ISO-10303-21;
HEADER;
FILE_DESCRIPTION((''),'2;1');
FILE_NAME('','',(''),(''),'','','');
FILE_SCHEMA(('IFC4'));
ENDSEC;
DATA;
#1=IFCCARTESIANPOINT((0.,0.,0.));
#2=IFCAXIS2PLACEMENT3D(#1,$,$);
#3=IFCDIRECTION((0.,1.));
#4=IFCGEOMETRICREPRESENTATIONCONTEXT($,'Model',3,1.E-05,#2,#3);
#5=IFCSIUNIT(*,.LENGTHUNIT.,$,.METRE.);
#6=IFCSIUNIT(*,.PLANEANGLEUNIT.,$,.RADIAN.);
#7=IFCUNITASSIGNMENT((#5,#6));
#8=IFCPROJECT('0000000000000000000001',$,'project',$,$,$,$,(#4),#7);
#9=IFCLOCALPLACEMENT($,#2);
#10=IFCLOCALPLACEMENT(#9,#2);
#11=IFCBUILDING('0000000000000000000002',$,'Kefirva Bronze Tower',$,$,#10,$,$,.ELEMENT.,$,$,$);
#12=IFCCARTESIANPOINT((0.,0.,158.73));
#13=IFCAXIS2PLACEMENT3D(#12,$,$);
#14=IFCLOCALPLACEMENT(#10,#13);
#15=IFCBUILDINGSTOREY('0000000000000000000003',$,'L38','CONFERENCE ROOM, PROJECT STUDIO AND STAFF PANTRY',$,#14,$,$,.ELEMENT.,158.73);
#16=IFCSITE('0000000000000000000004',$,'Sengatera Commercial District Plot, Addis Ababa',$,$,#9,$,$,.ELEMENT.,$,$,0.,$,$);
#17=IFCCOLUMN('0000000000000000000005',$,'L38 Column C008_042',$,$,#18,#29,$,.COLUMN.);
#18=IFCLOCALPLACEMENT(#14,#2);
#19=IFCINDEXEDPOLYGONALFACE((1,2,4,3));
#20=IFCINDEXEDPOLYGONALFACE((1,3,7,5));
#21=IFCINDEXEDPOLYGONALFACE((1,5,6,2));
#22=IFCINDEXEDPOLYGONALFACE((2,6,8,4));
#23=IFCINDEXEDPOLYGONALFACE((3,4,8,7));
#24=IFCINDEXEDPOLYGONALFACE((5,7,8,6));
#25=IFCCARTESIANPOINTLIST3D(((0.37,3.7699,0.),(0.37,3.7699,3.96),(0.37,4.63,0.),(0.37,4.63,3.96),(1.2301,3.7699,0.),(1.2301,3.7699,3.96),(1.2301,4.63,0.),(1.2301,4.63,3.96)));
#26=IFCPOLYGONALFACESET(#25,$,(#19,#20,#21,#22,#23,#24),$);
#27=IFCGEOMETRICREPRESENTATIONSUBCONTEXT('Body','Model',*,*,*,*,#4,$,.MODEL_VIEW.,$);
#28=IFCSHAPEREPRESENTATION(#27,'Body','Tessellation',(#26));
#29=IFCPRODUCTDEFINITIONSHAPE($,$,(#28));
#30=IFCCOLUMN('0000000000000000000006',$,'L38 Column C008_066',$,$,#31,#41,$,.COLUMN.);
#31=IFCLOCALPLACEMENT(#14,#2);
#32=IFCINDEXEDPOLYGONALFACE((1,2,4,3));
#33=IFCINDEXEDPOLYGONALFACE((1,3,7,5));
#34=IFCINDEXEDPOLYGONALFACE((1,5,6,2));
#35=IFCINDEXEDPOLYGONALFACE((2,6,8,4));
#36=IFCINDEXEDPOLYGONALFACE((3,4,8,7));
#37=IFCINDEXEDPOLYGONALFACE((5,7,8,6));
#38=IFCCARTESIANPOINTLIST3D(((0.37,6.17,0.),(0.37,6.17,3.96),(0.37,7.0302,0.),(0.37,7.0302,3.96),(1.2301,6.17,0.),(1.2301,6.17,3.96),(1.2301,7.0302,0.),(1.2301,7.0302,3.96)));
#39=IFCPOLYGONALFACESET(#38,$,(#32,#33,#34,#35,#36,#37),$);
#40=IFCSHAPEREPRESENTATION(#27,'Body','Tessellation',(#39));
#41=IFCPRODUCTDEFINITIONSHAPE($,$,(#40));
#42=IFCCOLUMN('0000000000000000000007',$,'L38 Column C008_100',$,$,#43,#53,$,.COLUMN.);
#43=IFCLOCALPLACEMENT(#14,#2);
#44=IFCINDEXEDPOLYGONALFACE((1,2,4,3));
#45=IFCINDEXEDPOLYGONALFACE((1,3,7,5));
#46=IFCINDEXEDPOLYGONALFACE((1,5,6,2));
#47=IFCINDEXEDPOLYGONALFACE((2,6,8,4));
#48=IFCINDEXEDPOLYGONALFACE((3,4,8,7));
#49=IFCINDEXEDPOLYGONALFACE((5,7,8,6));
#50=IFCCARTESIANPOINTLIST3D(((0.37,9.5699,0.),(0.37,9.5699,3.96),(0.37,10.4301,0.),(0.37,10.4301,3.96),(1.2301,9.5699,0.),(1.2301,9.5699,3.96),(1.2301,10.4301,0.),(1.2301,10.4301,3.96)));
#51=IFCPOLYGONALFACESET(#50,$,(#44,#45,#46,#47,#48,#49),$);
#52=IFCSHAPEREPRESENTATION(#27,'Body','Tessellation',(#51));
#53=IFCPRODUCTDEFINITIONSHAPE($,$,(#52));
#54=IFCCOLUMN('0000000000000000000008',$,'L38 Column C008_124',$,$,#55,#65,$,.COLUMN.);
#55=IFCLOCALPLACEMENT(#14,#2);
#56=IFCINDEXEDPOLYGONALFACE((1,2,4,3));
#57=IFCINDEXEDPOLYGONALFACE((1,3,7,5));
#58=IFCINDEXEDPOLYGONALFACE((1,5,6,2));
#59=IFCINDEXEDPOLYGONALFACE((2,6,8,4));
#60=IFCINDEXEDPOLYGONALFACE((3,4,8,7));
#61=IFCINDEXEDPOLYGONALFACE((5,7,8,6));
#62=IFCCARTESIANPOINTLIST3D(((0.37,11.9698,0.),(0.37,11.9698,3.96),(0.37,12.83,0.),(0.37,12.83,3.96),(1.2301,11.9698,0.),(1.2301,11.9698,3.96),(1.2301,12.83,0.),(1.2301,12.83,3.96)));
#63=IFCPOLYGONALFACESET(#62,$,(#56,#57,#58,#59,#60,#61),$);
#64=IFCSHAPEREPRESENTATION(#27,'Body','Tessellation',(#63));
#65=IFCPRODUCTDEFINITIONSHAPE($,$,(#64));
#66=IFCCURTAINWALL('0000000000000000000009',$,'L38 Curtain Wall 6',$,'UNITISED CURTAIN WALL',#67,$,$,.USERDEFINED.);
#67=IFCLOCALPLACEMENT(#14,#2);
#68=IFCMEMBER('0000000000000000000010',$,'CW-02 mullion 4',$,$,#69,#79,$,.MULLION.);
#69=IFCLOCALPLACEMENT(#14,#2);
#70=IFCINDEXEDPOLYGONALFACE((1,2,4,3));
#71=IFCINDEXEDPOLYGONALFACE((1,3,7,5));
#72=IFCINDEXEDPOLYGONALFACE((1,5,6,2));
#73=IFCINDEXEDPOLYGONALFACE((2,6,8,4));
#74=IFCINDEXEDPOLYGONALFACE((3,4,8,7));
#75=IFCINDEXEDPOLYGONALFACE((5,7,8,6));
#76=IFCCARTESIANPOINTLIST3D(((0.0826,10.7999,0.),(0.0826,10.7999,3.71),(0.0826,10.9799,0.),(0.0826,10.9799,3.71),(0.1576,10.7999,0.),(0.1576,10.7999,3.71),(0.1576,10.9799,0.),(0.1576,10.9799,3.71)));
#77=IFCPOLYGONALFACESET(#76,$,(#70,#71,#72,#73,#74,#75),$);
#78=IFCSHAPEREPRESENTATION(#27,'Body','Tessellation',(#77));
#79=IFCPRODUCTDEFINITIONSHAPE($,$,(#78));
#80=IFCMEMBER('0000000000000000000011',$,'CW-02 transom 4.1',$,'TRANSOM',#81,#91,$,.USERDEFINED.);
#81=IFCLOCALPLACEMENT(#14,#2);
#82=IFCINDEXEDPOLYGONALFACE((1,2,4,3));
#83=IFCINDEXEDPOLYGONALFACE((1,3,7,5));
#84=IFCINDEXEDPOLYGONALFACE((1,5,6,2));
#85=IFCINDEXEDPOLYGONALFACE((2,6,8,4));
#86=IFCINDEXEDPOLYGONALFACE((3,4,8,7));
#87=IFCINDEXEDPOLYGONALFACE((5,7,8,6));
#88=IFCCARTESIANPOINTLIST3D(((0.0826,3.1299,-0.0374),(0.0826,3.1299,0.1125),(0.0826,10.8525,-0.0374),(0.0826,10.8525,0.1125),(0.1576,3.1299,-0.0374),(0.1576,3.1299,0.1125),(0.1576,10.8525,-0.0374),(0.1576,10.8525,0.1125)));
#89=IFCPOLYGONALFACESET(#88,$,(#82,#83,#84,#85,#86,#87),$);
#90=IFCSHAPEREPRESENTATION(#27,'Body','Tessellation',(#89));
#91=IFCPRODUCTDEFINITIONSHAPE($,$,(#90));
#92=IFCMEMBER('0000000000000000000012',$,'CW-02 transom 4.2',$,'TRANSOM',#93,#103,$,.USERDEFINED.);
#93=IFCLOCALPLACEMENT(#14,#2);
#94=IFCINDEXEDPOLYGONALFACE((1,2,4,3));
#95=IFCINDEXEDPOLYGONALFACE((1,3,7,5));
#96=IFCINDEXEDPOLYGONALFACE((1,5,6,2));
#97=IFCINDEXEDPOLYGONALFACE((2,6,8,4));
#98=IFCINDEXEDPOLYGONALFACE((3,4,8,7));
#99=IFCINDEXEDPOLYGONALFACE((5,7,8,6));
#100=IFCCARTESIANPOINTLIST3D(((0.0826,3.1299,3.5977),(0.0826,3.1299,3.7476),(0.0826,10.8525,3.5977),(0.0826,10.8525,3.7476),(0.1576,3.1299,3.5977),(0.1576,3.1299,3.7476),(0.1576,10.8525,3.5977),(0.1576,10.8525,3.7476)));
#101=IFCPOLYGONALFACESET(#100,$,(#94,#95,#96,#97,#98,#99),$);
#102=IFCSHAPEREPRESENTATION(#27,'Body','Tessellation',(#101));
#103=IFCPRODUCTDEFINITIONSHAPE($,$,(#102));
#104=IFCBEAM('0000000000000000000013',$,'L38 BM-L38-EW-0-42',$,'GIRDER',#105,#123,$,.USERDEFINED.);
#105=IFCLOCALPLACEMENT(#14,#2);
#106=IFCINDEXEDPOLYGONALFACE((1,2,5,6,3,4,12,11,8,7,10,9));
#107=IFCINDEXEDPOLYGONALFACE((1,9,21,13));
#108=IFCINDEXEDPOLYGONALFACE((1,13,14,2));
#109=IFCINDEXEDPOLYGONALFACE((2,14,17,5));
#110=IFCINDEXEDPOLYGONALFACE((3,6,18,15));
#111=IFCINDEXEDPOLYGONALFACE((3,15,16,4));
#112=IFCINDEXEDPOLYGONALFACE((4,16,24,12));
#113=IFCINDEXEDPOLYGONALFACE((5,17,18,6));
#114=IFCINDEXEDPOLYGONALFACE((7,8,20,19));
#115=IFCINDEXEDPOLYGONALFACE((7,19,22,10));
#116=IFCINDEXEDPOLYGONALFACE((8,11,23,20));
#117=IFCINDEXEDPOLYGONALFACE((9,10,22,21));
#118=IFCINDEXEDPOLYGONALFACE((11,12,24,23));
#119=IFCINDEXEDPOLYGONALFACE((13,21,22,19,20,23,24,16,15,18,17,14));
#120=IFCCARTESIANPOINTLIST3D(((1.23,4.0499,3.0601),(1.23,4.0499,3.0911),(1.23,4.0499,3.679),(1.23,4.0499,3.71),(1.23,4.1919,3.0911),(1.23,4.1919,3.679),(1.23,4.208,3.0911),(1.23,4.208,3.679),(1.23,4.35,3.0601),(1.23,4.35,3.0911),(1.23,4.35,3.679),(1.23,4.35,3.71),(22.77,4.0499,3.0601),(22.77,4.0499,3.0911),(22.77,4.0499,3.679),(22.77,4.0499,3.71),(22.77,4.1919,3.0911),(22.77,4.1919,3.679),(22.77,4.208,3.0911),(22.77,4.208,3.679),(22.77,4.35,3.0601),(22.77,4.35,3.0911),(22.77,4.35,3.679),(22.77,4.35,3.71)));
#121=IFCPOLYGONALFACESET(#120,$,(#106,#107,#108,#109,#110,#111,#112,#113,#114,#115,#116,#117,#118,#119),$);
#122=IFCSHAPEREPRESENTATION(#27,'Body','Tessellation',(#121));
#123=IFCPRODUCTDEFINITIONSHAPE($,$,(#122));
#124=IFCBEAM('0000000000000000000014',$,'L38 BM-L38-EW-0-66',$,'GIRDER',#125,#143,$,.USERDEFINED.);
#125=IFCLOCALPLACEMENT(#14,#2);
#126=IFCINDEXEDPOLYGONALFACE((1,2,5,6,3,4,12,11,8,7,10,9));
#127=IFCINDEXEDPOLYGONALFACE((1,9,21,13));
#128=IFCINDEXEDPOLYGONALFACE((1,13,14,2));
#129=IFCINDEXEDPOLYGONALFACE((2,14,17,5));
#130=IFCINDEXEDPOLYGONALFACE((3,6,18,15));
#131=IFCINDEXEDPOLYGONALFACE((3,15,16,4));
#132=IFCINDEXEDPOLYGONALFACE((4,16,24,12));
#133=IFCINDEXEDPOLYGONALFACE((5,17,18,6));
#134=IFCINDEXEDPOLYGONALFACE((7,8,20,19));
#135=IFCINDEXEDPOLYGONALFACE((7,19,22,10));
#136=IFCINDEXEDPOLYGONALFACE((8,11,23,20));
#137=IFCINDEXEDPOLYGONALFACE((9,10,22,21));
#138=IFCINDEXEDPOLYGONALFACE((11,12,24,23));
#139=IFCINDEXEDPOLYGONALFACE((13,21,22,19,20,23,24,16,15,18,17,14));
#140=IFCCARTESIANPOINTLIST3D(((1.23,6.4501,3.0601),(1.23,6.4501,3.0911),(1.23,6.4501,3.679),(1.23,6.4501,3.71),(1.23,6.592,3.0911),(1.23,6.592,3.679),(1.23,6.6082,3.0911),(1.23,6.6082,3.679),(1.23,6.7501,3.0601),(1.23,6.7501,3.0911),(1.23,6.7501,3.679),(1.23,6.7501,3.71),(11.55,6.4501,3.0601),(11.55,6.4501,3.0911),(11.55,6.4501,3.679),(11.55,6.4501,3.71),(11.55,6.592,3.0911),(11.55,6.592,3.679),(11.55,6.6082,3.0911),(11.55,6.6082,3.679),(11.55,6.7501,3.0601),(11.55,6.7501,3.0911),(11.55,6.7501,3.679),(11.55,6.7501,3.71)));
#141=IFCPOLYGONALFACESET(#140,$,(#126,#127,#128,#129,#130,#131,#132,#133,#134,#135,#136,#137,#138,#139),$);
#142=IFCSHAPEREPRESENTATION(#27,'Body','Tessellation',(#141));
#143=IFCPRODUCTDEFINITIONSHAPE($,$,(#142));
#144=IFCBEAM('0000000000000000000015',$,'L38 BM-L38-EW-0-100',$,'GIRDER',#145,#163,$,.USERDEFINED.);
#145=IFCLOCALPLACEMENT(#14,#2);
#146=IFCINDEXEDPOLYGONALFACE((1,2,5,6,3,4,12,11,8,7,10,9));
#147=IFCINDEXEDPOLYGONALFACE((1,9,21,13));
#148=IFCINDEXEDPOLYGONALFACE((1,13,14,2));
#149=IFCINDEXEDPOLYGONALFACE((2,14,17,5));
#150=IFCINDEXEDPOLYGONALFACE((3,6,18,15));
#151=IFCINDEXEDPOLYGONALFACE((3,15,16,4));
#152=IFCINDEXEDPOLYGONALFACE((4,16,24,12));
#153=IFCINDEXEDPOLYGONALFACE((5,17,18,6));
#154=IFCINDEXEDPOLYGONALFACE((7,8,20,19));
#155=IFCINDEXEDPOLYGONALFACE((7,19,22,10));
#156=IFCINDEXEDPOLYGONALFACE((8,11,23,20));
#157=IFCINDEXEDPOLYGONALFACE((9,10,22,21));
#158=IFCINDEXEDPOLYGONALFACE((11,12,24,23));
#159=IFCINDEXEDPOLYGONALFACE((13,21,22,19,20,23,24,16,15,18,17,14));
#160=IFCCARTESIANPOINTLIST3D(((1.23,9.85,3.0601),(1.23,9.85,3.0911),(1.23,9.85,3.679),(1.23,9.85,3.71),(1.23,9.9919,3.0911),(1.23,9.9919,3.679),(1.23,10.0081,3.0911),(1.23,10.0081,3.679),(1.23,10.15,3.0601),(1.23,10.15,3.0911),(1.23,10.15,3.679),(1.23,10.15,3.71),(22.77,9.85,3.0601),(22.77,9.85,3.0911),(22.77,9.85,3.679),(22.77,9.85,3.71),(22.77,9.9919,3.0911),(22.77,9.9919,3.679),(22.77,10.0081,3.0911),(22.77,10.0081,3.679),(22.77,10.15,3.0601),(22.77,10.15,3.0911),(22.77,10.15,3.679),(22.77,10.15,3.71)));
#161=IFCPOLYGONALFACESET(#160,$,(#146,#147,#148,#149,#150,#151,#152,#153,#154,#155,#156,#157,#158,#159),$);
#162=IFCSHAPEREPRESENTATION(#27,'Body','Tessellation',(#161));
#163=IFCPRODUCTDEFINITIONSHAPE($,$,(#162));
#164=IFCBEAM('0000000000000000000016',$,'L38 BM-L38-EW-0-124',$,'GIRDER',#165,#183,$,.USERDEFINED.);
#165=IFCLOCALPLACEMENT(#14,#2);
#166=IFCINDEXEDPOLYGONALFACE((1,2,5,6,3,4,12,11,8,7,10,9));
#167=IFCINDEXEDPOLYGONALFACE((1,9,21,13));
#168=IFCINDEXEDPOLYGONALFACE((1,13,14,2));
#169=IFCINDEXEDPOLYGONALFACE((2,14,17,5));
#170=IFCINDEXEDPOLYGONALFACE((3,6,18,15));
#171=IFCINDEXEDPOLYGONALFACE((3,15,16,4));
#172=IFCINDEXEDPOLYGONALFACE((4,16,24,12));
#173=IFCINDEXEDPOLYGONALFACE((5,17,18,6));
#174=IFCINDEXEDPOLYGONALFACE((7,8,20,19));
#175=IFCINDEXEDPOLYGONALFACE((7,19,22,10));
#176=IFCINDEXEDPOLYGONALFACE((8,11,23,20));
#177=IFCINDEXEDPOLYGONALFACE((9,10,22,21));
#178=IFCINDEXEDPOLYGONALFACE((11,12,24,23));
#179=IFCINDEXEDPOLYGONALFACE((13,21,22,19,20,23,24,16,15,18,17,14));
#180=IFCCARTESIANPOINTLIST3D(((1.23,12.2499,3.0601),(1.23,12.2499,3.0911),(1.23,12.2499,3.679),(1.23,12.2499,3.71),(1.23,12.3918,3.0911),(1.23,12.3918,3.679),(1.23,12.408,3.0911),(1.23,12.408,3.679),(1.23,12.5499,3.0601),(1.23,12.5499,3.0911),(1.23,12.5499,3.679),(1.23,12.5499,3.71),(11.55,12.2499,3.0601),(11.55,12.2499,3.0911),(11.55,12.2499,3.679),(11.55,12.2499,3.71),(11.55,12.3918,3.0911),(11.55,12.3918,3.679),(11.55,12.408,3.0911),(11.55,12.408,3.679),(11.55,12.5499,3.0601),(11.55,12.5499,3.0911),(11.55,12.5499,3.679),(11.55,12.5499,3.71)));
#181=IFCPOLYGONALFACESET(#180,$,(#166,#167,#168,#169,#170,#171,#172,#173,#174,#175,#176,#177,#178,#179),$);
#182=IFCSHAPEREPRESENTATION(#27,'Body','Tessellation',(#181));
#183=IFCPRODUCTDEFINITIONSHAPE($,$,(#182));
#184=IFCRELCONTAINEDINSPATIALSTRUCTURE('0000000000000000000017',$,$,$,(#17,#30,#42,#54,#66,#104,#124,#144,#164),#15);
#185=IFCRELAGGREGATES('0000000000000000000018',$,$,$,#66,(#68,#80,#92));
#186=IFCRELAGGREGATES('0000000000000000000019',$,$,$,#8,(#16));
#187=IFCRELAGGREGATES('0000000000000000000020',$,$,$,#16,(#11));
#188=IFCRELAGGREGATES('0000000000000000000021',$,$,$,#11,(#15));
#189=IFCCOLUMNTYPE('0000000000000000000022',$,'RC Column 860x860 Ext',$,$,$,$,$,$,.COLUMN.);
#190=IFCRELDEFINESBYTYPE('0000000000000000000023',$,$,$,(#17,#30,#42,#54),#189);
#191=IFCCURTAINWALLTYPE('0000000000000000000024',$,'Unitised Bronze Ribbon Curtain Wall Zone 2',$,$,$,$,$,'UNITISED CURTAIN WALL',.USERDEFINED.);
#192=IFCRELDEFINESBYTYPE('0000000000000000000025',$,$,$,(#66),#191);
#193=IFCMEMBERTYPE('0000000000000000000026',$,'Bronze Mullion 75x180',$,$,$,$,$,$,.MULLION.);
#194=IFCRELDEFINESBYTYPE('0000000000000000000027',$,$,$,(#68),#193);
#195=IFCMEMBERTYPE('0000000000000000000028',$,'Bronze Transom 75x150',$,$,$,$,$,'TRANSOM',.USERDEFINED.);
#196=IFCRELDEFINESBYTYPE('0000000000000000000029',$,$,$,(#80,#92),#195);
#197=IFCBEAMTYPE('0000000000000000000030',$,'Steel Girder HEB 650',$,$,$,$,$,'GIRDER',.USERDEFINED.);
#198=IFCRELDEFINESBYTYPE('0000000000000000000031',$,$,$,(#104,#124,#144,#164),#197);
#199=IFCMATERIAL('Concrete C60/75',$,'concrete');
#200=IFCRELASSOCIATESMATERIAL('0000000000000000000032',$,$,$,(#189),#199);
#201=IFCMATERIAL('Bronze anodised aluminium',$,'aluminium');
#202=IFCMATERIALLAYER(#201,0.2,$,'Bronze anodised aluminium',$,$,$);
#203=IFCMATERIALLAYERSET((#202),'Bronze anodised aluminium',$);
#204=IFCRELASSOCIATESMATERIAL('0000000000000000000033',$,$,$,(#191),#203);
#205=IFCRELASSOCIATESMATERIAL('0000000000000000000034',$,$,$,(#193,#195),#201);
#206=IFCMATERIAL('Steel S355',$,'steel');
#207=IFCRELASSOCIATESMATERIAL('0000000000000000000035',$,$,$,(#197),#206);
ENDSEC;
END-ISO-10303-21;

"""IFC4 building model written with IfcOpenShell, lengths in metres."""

from ifc_helpers import new_model, si_unit, direction, frame, origin, origin_2d, place, context, subcontext, project, spatial, rectangle, i_section, extrude, material, layer, layer_set, material_profile, profile_set, type_object, element, aggregate, save


model = new_model("IFC4")

# Units and contexts
model_context = context("Model", 3, precision=1e-05, world=origin(), true_north=direction((0.0, 1.0)))
body_context = subcontext(model_context, "Body", "Model", "MODEL_VIEW")
ifc_project = project(units=[si_unit("LENGTHUNIT", "METRE"), si_unit("PLANEANGLEUNIT", "RADIAN")], contexts=[model_context])

# Site, building, storey
site_placement = place(None, origin())
site = spatial("IfcSite", under=ifc_project, at=site_placement, Name="Sengatera Commercial District Plot, Addis Ababa", CompositionType="ELEMENT", RefElevation=0.0)
building_placement = place(site_placement, origin())
building = spatial("IfcBuilding", under=site, at=building_placement, Name="Kefirva Bronze Tower", CompositionType="ELEMENT")
storey_placement = place(building_placement, frame((0.0, 0.0, 158.73)))
storey = spatial("IfcBuildingStorey", under=building, at=storey_placement, Name="L38", Description="CONFERENCE ROOM, PROJECT STUDIO AND STAFF PANTRY", CompositionType="ELEMENT", Elevation=158.73)

# Columns
ifc_material_1 = material(Name="Concrete C60/75", Category="concrete")
ifc_material_profile_1 = material_profile(ifc_material_1, rectangle(XDim=0.8601, YDim=0.8601, at=origin_2d()), Name="RC 860x860")
ifc_profile_set_1 = profile_set([ifc_material_profile_1], Name="Concrete C60/75")
column_type = type_object("IfcColumnType", Name="RC Column 860x860 Ext", PredefinedType="COLUMN", material=ifc_profile_set_1)
for number, where, z_axis, x_axis, name in (
    (1, (0.8, 4.2, 0.0), (0.0, 0.0, 1.0), (1.0, 0.0, 0.0), "L38 Column C008_042"),
    (2, (0.8, 6.6001, 0.0), (0.0, 0.0, 1.0), (1.0, 0.0, 0.0), "L38 Column C008_066"),
    (3, (0.8, 10.0, 0.0), (0.0, 0.0, 1.0), (1.0, 0.0, 0.0), "L38 Column C008_100"),
    (4, (0.8, 12.3999, 0.0), (0.0, 0.0, 1.0), (1.0, 0.0, 0.0), "L38 Column C008_124"),
):
    element("IfcColumn", number, at=place(storey_placement, frame(where, z_axis=z_axis, x_axis=x_axis)), inside=storey, type_object=column_type, Name=name, PredefinedType="COLUMN", context=body_context, shape_type="SweptSolid", body=[
        extrude(rectangle(XDim=0.8601, YDim=0.8601, at=origin_2d()), origin(), (0.0, 0.0, 1.0), 3.96),
    ])

# Curtain wall, members
ifc_material_2 = material(Name="Bronze anodised aluminium", Category="aluminium")
ifc_layer_1 = layer(ifc_material_2, 0.2, Name="Bronze anodised aluminium")
ifc_layer_set_1 = layer_set([ifc_layer_1], Name="Bronze anodised aluminium")
curtain_wall_type = type_object("IfcCurtainWallType", Name="Unitised Bronze Ribbon Curtain Wall Zone 2", ElementType="UNITISED CURTAIN WALL", PredefinedType="USERDEFINED", material=ifc_layer_set_1)
curtain_wall_placement = place(storey_placement, origin())
curtain_wall = element("IfcCurtainWall", 5, at=curtain_wall_placement, inside=storey, type_object=curtain_wall_type, Name="L38 Curtain Wall 6", ObjectType="UNITISED CURTAIN WALL", PredefinedType="USERDEFINED")
ifc_material_profile_2 = material_profile(ifc_material_2, rectangle(XDim=0.075, YDim=0.1799, at=origin_2d()), Name="ALU 75x180")
ifc_profile_set_2 = profile_set([ifc_material_profile_2], Name="Bronze anodised aluminium")
member_type_1 = type_object("IfcMemberType", Name="Bronze Mullion 75x180", PredefinedType="MULLION", material=ifc_profile_set_2)
member_1_placement = place(storey_placement, frame((0.1201, 10.8899, 0.0), z_axis=(0.0, 0.0, 1.0), x_axis=(1.0, 0.0, 0.0)))
member_1 = element("IfcMember", 6, at=member_1_placement, type_object=member_type_1, Name="CW-02 mullion 4", PredefinedType="MULLION", context=body_context, shape_type="SweptSolid", body=[
    extrude(rectangle(XDim=0.075, YDim=0.1799, at=origin_2d()), origin(), (0.0, 0.0, 1.0), 3.71),
])
ifc_material_profile_3 = material_profile(ifc_material_2, rectangle(XDim=0.075, YDim=0.1499, at=origin_2d()), Name="ALU 75x150")
ifc_profile_set_3 = profile_set([ifc_material_profile_3], Name="Bronze anodised aluminium")
member_type_2 = type_object("IfcMemberType", Name="Bronze Transom 75x150", ElementType="TRANSOM", PredefinedType="USERDEFINED", material=ifc_profile_set_3)
member_2_placement = place(storey_placement, frame((0.1201, 10.8525, 0.0376), z_axis=(0.0, -1.0, 0.0), x_axis=(1.0, 0.0, 0.0)))
member_2 = element("IfcMember", 7, at=member_2_placement, type_object=member_type_2, Name="CW-02 transom 4.1", ObjectType="TRANSOM", PredefinedType="USERDEFINED", context=body_context, shape_type="SweptSolid", body=[
    extrude(rectangle(XDim=0.075, YDim=0.1499, at=origin_2d()), origin(), (0.0, 0.0, 1.0), 7.7227),
])
member_3_placement = place(storey_placement, frame((0.1201, 10.8525, 3.6726), z_axis=(0.0, -1.0, 0.0), x_axis=(1.0, 0.0, 0.0)))
member_3 = element("IfcMember", 8, at=member_3_placement, type_object=member_type_2, Name="CW-02 transom 4.2", ObjectType="TRANSOM", PredefinedType="USERDEFINED", context=body_context, shape_type="SweptSolid", body=[
    extrude(rectangle(XDim=0.075, YDim=0.1499, at=origin_2d()), origin(), (0.0, 0.0, 1.0), 7.7227),
])
aggregate(curtain_wall, [member_1, member_2, member_3])

# Beams
ifc_material_3 = material(Name="Steel S355", Category="steel")
ifc_material_profile_4 = material_profile(ifc_material_3, i_section(OverallWidth=0.3, OverallDepth=0.6499, WebThickness=0.0161, FlangeThickness=0.031, at=origin_2d()), Name="HEB 650")
ifc_profile_set_4 = profile_set([ifc_material_profile_4], Name="Steel S355")
beam_type_1 = type_object("IfcBeamType", Name="Steel Girder HEB 650", ElementType="GIRDER", PredefinedType="USERDEFINED", material=ifc_profile_set_4)
beam_1_placement = place(storey_placement, frame((1.23, 4.2, 3.385), z_axis=(1.0, 0.0, 0.0), x_axis=(0.0, 1.0, 0.0)))
element("IfcBeam", 9, at=beam_1_placement, inside=storey, type_object=beam_type_1, Name="L38 BM-L38-EW-0-42", ObjectType="GIRDER", PredefinedType="USERDEFINED", context=body_context, shape_type="SweptSolid", body=[
    extrude(i_section(OverallWidth=0.3, OverallDepth=0.6499, WebThickness=0.0161, FlangeThickness=0.031, at=origin_2d()), origin(), (0.0, 0.0, 1.0), 21.54),
])
beam_2_placement = place(storey_placement, frame((1.23, 6.6001, 3.385), z_axis=(1.0, 0.0, 0.0), x_axis=(0.0, 1.0, 0.0)))
element("IfcBeam", 10, at=beam_2_placement, inside=storey, type_object=beam_type_1, Name="L38 BM-L38-EW-0-66", ObjectType="GIRDER", PredefinedType="USERDEFINED", context=body_context, shape_type="SweptSolid", body=[
    extrude(i_section(OverallWidth=0.3, OverallDepth=0.6499, WebThickness=0.0161, FlangeThickness=0.031, at=origin_2d()), origin(), (0.0, 0.0, 1.0), 10.3201),
])
beam_3_placement = place(storey_placement, frame((1.23, 10.0, 3.385), z_axis=(1.0, 0.0, 0.0), x_axis=(0.0, 1.0, 0.0)))
element("IfcBeam", 11, at=beam_3_placement, inside=storey, type_object=beam_type_1, Name="L38 BM-L38-EW-0-100", ObjectType="GIRDER", PredefinedType="USERDEFINED", context=body_context, shape_type="SweptSolid", body=[
    extrude(i_section(OverallWidth=0.3, OverallDepth=0.6499, WebThickness=0.0161, FlangeThickness=0.031, at=origin_2d()), origin(), (0.0, 0.0, 1.0), 21.54),
])
beam_4_placement = place(storey_placement, frame((1.23, 12.3999, 3.385), z_axis=(1.0, 0.0, 0.0), x_axis=(0.0, 1.0, 0.0)))
element("IfcBeam", 12, at=beam_4_placement, inside=storey, type_object=beam_type_1, Name="L38 BM-L38-EW-0-124", ObjectType="GIRDER", PredefinedType="USERDEFINED", context=body_context, shape_type="SweptSolid", body=[
    extrude(i_section(OverallWidth=0.3, OverallDepth=0.6499, WebThickness=0.0161, FlangeThickness=0.031, at=origin_2d()), origin(), (0.0, 0.0, 1.0), 10.3201),
])

save(model, "model.ifc")
